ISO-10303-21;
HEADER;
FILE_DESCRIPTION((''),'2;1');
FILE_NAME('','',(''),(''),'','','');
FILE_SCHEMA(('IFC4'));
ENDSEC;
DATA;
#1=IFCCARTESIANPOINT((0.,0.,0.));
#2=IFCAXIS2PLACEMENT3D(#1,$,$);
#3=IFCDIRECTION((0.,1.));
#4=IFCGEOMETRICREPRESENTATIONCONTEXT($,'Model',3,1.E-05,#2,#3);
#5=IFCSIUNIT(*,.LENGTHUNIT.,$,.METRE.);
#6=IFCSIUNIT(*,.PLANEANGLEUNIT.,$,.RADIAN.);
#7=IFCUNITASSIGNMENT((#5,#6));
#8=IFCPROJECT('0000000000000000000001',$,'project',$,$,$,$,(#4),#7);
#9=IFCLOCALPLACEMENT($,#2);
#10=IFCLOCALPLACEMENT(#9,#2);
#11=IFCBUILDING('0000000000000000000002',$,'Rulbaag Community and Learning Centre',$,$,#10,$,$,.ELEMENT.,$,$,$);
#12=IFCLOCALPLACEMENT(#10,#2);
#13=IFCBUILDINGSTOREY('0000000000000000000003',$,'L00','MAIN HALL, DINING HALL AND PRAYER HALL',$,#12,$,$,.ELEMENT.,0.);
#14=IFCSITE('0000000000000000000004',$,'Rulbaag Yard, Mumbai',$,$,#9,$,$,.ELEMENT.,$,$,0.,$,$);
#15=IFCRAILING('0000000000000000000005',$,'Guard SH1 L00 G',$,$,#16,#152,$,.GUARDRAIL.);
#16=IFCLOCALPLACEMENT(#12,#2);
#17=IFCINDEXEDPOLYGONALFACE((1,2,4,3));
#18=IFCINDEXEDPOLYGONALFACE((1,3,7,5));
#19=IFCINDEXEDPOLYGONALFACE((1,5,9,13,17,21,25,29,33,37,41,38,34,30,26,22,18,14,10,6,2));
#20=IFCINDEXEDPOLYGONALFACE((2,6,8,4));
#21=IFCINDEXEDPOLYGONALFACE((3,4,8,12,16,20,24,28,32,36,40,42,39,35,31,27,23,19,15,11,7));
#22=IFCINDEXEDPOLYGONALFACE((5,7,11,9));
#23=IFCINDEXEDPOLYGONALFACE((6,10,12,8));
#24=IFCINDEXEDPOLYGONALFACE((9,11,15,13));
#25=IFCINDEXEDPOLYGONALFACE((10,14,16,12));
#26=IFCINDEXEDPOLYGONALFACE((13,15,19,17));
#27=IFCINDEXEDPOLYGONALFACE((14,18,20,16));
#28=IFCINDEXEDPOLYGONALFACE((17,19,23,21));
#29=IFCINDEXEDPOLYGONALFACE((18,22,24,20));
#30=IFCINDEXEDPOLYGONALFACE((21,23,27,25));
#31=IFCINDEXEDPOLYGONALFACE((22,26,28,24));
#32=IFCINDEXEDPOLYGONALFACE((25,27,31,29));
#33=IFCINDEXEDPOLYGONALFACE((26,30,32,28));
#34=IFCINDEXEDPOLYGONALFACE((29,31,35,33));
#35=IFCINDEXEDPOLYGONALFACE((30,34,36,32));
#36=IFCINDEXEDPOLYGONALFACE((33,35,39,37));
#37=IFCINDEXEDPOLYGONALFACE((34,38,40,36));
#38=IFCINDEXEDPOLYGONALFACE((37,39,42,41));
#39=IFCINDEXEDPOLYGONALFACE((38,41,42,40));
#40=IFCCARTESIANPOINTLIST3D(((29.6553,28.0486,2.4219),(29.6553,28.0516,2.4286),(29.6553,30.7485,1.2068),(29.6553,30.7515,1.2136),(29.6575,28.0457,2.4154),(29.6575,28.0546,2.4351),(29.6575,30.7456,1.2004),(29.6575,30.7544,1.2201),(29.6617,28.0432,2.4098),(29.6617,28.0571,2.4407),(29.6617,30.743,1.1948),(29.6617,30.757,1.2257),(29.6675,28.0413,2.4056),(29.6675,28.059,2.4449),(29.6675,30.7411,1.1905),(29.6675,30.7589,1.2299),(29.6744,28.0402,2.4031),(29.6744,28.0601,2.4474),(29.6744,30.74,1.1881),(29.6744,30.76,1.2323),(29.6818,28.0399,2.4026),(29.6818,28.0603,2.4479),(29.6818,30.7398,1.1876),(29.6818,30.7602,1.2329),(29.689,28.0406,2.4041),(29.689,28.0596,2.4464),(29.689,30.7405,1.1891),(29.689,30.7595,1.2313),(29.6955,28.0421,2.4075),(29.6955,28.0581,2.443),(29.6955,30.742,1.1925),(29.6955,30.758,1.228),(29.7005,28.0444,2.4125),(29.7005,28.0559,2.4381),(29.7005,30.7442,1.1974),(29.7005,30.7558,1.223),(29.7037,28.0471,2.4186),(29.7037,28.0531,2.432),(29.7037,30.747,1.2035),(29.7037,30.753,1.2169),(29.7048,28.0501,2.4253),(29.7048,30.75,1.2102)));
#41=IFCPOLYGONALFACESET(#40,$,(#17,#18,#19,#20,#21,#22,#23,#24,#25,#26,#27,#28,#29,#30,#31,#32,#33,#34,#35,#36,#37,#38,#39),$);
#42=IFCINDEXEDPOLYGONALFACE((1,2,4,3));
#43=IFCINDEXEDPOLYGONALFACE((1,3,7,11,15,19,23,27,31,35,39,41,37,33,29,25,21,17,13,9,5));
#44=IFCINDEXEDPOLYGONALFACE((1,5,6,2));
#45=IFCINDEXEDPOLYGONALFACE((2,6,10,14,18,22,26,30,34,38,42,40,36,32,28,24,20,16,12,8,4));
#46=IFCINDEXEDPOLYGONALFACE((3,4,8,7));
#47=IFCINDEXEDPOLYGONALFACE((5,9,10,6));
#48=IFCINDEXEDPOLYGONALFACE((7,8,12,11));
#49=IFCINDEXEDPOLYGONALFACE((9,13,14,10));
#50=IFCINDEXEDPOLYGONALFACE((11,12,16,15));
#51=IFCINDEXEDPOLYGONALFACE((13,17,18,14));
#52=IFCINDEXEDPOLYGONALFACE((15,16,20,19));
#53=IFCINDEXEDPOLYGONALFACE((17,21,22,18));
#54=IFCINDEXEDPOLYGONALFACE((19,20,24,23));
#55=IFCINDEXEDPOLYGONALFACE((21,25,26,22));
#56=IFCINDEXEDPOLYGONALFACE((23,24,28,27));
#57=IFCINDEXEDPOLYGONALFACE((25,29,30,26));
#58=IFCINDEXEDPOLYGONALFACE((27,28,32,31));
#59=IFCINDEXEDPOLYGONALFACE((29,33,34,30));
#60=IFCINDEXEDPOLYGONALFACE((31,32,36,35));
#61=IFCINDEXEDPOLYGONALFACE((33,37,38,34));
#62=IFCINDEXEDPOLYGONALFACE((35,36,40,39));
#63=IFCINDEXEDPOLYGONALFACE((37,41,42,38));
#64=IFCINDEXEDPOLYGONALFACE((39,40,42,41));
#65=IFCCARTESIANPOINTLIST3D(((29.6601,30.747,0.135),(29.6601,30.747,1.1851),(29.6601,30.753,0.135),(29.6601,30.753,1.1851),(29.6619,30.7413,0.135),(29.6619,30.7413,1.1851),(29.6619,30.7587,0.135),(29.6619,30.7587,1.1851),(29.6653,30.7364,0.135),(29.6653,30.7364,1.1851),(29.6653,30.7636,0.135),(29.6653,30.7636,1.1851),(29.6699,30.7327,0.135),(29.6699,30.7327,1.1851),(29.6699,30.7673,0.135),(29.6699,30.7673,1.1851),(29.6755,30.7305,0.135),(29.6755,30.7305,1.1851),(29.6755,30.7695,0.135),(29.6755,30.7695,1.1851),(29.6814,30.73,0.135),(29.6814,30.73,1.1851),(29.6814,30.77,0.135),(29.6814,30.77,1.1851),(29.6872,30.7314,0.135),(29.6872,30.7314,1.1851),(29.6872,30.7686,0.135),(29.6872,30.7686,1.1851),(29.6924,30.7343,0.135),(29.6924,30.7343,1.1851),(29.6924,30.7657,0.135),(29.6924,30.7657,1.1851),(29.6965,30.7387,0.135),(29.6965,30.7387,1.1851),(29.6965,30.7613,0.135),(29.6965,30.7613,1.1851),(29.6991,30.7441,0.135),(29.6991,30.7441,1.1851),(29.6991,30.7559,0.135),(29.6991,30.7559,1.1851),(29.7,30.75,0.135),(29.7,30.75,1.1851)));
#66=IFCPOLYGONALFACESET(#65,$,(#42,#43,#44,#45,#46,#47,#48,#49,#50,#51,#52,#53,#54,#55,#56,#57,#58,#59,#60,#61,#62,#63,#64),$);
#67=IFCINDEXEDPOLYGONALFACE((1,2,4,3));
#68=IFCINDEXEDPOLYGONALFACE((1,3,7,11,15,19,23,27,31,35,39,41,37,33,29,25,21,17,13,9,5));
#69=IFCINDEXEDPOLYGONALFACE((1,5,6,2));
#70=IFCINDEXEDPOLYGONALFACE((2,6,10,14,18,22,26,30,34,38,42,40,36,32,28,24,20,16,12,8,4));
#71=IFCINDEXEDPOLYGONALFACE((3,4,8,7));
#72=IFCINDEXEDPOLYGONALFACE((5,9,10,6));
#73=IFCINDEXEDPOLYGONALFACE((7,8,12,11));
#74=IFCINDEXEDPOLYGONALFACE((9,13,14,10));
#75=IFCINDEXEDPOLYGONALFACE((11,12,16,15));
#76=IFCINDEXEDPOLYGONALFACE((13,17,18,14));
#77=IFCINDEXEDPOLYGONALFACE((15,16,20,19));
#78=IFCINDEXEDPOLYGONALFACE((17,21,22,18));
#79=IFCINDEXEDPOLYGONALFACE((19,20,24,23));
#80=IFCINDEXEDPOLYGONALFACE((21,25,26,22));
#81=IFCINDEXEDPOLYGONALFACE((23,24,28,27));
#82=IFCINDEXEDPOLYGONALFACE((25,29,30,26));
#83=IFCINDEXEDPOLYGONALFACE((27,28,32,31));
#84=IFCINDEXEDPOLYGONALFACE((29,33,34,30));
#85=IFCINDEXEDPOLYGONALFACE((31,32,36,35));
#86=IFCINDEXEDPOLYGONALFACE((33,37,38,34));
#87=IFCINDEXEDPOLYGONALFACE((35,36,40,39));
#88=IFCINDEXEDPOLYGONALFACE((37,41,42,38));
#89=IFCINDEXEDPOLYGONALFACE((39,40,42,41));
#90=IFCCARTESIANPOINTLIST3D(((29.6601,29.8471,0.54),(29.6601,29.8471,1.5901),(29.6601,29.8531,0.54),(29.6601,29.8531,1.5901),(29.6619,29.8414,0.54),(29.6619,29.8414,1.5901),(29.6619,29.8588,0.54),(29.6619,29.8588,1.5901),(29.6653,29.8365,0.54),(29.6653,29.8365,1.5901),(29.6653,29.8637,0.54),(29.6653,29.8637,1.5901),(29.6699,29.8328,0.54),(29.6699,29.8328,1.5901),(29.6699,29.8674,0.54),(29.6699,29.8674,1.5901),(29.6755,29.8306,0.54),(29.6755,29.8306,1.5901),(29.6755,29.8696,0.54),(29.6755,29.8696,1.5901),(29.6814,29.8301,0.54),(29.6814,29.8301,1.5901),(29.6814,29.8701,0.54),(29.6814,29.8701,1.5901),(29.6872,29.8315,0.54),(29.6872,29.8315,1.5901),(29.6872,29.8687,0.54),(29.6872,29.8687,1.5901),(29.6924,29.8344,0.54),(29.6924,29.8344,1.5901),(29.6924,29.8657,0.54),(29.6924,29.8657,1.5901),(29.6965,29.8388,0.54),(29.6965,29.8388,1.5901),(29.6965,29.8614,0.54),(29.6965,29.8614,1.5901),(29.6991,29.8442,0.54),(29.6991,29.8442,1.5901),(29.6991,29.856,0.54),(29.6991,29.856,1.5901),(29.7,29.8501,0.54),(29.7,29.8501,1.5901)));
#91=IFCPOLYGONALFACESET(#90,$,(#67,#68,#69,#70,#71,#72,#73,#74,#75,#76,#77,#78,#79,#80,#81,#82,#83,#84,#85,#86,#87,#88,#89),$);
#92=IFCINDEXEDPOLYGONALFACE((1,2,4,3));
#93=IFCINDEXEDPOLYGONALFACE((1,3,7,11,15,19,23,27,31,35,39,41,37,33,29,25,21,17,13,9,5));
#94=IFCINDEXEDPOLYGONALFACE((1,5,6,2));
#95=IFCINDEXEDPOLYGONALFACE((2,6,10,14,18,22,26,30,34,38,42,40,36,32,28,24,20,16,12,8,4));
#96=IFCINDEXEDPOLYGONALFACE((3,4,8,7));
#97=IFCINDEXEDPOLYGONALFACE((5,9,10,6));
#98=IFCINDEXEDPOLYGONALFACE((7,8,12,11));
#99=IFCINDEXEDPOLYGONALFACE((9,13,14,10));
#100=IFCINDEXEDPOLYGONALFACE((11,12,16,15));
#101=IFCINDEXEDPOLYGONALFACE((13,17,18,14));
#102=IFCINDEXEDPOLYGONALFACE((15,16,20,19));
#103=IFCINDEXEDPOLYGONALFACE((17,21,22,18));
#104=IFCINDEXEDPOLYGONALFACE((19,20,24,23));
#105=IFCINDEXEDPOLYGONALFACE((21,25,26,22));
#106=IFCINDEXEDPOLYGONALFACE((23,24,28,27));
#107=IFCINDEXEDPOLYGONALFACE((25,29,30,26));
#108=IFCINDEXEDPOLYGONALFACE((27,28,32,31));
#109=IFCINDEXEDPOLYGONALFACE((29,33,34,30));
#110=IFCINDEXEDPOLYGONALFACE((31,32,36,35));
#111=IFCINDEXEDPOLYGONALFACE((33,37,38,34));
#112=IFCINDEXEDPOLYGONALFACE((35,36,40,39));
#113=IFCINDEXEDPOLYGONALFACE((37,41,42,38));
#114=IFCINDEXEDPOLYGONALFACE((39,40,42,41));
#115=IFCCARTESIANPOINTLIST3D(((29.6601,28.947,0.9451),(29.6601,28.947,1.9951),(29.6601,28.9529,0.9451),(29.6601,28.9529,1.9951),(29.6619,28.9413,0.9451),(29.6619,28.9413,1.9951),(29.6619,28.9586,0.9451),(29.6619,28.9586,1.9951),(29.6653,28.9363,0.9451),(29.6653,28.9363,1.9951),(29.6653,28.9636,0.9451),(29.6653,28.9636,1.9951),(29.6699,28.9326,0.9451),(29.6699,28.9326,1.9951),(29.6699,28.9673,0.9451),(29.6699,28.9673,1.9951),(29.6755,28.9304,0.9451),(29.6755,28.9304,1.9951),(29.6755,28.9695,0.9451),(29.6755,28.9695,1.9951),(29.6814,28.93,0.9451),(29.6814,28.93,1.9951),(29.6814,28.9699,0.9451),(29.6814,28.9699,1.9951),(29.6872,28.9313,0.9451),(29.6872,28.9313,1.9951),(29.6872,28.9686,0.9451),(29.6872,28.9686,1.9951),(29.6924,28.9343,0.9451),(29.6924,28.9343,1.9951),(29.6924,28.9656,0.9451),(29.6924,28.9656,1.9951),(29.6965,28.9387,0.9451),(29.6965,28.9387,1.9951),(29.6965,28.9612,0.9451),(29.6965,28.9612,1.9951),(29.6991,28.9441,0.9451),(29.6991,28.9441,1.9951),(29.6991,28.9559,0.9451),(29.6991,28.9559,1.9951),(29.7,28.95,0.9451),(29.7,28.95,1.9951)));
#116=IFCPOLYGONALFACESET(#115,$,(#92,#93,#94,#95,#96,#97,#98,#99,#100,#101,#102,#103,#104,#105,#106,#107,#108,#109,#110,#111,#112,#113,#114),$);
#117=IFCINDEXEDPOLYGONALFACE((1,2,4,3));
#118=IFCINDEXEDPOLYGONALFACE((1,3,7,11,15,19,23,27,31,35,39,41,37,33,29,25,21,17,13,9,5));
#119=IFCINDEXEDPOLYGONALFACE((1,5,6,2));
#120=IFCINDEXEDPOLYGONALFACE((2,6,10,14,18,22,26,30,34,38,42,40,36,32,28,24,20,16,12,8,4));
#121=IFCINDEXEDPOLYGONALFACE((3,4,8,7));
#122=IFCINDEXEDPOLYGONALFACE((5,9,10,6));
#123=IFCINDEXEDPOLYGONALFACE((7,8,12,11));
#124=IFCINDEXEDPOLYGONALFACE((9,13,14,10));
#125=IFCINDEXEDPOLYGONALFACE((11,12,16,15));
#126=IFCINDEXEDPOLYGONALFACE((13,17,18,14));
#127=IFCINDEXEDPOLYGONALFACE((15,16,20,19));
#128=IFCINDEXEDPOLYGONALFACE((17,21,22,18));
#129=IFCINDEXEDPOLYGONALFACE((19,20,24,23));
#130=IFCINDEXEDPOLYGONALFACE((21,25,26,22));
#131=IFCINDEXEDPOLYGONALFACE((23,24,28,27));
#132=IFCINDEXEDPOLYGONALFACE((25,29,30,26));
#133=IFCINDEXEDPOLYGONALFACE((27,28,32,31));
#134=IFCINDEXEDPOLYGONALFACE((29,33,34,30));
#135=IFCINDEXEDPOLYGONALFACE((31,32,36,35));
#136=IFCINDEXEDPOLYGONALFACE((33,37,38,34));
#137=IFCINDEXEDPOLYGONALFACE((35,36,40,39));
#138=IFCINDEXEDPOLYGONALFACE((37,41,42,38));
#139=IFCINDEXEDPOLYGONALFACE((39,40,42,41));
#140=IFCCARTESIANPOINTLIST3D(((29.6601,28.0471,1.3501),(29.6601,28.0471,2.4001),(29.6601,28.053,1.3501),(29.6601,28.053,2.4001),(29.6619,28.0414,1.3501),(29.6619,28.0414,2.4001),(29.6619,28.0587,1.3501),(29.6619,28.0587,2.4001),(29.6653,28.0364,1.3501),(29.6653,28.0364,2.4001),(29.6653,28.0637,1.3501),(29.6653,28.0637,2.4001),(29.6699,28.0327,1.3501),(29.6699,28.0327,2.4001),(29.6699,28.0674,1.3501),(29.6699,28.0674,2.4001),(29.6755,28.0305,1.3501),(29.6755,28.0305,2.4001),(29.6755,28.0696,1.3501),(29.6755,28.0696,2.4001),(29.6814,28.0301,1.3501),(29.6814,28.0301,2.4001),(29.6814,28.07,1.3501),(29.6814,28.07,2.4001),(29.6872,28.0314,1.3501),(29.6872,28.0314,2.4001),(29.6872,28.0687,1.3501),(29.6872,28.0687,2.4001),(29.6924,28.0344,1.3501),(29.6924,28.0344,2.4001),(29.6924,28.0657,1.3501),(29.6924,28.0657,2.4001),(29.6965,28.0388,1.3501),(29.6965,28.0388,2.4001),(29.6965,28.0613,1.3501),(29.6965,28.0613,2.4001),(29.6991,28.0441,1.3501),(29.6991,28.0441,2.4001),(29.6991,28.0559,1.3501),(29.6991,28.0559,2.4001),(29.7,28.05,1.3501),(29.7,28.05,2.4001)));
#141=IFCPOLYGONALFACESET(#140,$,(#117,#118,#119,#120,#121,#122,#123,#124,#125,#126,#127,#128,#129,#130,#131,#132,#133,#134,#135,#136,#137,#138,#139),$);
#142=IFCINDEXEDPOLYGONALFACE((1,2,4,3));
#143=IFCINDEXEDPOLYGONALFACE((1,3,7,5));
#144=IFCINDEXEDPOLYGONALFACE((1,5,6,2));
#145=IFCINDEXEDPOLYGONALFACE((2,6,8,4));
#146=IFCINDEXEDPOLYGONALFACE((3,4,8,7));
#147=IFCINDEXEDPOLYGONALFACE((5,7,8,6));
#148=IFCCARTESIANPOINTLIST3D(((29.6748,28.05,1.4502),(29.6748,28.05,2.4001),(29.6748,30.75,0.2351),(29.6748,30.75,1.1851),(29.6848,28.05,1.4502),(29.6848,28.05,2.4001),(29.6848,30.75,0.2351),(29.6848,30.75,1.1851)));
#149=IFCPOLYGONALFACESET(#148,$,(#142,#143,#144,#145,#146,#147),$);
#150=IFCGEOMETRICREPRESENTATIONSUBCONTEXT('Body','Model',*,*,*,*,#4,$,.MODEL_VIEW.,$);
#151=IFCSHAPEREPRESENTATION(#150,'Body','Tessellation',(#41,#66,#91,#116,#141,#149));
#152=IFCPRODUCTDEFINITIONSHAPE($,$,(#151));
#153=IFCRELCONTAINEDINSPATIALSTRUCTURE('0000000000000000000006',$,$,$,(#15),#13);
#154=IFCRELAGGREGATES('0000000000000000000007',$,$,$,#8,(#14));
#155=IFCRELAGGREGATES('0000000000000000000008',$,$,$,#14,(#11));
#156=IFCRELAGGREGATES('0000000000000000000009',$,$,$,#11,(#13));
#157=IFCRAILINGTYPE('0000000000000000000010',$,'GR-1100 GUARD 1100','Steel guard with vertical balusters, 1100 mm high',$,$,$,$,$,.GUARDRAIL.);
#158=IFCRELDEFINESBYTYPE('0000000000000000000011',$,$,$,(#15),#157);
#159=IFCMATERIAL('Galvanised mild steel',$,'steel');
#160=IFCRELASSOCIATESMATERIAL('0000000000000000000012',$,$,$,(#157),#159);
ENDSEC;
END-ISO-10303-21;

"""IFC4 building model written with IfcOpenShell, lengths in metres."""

from ifc_helpers import new_model, si_unit, direction, frame, origin, origin_2d, place, context, subcontext, project, spatial, polyline, circle, outline, extrude, material, type_object, element, save


model = new_model("IFC4")

# Units and contexts
model_context = context("Model", 3, precision=1e-05, world=origin(), true_north=direction((0.0, 1.0)))
body_context = subcontext(model_context, "Body", "Model", "MODEL_VIEW")
ifc_project = project(units=[si_unit("LENGTHUNIT", "METRE"), si_unit("PLANEANGLEUNIT", "RADIAN")], contexts=[model_context])

# Site, building, storey
site_placement = place(None, origin())
site = spatial("IfcSite", under=ifc_project, at=site_placement, Name="Rulbaag Yard, Mumbai", CompositionType="ELEMENT", RefElevation=0.0)
building_placement = place(site_placement, origin())
building = spatial("IfcBuilding", under=site, at=building_placement, Name="Rulbaag Community and Learning Centre", CompositionType="ELEMENT")
storey_placement = place(building_placement, origin())
storey = spatial("IfcBuildingStorey", under=building, at=storey_placement, Name="L00", Description="MAIN HALL, DINING HALL AND PRAYER HALL", CompositionType="ELEMENT", Elevation=0.0)

# Railing
ifc_material_1 = material(Name="Galvanised mild steel", Category="steel")
railing_type_1 = type_object("IfcRailingType", Name="GR-1100 GUARD 1100", Description="Steel guard with vertical balusters, 1100 mm high", PredefinedType="GUARDRAIL", material=ifc_material_1)
railing_1_placement = place(storey_placement, frame((29.6799, 30.75, 0.135)))
element("IfcRailing", 1, at=railing_1_placement, inside=storey, type_object=railing_type_1, Name="Guard SH1 L00 G", PredefinedType="GUARDRAIL", context=body_context, shape_type="SweptSolid", body=[
    extrude(circle(Radius=0.0249, at=origin_2d()), frame((0.0, 0.0, 1.0752), z_axis=(0.0, -0.911908, 0.410396), x_axis=(1.0, 0.0, 0.0)), (0.0, 0.0, 1.0), 2.9607),
    extrude(circle(Radius=0.02, at=origin_2d()), origin(), (0.0, 0.0, 1.0), 1.05),
    extrude(circle(Radius=0.02, at=origin_2d()), frame((0.0, -0.8999, 0.405)), (0.0, 0.0, 1.0), 1.05),
    extrude(circle(Radius=0.02, at=origin_2d()), frame((0.0, -1.8, 0.8101)), (0.0, 0.0, 1.0), 1.05),
    extrude(circle(Radius=0.02, at=origin_2d()), frame((0.0, -2.7, 1.2151)), (0.0, 0.0, 1.0), 1.05),
    extrude(outline(polyline([(0.0, 0.0), (2.7, 1.2151), (2.7, 2.165), (0.0, 0.95), (0.0, 0.0)])), frame((0.0049, 0.0, 0.1001), z_axis=(-1.0, 0.0, 0.0), x_axis=(0.0, -1.0, 0.0)), (0.0, 0.0, 1.0), 0.01),
])

save(model, "model.ifc")
